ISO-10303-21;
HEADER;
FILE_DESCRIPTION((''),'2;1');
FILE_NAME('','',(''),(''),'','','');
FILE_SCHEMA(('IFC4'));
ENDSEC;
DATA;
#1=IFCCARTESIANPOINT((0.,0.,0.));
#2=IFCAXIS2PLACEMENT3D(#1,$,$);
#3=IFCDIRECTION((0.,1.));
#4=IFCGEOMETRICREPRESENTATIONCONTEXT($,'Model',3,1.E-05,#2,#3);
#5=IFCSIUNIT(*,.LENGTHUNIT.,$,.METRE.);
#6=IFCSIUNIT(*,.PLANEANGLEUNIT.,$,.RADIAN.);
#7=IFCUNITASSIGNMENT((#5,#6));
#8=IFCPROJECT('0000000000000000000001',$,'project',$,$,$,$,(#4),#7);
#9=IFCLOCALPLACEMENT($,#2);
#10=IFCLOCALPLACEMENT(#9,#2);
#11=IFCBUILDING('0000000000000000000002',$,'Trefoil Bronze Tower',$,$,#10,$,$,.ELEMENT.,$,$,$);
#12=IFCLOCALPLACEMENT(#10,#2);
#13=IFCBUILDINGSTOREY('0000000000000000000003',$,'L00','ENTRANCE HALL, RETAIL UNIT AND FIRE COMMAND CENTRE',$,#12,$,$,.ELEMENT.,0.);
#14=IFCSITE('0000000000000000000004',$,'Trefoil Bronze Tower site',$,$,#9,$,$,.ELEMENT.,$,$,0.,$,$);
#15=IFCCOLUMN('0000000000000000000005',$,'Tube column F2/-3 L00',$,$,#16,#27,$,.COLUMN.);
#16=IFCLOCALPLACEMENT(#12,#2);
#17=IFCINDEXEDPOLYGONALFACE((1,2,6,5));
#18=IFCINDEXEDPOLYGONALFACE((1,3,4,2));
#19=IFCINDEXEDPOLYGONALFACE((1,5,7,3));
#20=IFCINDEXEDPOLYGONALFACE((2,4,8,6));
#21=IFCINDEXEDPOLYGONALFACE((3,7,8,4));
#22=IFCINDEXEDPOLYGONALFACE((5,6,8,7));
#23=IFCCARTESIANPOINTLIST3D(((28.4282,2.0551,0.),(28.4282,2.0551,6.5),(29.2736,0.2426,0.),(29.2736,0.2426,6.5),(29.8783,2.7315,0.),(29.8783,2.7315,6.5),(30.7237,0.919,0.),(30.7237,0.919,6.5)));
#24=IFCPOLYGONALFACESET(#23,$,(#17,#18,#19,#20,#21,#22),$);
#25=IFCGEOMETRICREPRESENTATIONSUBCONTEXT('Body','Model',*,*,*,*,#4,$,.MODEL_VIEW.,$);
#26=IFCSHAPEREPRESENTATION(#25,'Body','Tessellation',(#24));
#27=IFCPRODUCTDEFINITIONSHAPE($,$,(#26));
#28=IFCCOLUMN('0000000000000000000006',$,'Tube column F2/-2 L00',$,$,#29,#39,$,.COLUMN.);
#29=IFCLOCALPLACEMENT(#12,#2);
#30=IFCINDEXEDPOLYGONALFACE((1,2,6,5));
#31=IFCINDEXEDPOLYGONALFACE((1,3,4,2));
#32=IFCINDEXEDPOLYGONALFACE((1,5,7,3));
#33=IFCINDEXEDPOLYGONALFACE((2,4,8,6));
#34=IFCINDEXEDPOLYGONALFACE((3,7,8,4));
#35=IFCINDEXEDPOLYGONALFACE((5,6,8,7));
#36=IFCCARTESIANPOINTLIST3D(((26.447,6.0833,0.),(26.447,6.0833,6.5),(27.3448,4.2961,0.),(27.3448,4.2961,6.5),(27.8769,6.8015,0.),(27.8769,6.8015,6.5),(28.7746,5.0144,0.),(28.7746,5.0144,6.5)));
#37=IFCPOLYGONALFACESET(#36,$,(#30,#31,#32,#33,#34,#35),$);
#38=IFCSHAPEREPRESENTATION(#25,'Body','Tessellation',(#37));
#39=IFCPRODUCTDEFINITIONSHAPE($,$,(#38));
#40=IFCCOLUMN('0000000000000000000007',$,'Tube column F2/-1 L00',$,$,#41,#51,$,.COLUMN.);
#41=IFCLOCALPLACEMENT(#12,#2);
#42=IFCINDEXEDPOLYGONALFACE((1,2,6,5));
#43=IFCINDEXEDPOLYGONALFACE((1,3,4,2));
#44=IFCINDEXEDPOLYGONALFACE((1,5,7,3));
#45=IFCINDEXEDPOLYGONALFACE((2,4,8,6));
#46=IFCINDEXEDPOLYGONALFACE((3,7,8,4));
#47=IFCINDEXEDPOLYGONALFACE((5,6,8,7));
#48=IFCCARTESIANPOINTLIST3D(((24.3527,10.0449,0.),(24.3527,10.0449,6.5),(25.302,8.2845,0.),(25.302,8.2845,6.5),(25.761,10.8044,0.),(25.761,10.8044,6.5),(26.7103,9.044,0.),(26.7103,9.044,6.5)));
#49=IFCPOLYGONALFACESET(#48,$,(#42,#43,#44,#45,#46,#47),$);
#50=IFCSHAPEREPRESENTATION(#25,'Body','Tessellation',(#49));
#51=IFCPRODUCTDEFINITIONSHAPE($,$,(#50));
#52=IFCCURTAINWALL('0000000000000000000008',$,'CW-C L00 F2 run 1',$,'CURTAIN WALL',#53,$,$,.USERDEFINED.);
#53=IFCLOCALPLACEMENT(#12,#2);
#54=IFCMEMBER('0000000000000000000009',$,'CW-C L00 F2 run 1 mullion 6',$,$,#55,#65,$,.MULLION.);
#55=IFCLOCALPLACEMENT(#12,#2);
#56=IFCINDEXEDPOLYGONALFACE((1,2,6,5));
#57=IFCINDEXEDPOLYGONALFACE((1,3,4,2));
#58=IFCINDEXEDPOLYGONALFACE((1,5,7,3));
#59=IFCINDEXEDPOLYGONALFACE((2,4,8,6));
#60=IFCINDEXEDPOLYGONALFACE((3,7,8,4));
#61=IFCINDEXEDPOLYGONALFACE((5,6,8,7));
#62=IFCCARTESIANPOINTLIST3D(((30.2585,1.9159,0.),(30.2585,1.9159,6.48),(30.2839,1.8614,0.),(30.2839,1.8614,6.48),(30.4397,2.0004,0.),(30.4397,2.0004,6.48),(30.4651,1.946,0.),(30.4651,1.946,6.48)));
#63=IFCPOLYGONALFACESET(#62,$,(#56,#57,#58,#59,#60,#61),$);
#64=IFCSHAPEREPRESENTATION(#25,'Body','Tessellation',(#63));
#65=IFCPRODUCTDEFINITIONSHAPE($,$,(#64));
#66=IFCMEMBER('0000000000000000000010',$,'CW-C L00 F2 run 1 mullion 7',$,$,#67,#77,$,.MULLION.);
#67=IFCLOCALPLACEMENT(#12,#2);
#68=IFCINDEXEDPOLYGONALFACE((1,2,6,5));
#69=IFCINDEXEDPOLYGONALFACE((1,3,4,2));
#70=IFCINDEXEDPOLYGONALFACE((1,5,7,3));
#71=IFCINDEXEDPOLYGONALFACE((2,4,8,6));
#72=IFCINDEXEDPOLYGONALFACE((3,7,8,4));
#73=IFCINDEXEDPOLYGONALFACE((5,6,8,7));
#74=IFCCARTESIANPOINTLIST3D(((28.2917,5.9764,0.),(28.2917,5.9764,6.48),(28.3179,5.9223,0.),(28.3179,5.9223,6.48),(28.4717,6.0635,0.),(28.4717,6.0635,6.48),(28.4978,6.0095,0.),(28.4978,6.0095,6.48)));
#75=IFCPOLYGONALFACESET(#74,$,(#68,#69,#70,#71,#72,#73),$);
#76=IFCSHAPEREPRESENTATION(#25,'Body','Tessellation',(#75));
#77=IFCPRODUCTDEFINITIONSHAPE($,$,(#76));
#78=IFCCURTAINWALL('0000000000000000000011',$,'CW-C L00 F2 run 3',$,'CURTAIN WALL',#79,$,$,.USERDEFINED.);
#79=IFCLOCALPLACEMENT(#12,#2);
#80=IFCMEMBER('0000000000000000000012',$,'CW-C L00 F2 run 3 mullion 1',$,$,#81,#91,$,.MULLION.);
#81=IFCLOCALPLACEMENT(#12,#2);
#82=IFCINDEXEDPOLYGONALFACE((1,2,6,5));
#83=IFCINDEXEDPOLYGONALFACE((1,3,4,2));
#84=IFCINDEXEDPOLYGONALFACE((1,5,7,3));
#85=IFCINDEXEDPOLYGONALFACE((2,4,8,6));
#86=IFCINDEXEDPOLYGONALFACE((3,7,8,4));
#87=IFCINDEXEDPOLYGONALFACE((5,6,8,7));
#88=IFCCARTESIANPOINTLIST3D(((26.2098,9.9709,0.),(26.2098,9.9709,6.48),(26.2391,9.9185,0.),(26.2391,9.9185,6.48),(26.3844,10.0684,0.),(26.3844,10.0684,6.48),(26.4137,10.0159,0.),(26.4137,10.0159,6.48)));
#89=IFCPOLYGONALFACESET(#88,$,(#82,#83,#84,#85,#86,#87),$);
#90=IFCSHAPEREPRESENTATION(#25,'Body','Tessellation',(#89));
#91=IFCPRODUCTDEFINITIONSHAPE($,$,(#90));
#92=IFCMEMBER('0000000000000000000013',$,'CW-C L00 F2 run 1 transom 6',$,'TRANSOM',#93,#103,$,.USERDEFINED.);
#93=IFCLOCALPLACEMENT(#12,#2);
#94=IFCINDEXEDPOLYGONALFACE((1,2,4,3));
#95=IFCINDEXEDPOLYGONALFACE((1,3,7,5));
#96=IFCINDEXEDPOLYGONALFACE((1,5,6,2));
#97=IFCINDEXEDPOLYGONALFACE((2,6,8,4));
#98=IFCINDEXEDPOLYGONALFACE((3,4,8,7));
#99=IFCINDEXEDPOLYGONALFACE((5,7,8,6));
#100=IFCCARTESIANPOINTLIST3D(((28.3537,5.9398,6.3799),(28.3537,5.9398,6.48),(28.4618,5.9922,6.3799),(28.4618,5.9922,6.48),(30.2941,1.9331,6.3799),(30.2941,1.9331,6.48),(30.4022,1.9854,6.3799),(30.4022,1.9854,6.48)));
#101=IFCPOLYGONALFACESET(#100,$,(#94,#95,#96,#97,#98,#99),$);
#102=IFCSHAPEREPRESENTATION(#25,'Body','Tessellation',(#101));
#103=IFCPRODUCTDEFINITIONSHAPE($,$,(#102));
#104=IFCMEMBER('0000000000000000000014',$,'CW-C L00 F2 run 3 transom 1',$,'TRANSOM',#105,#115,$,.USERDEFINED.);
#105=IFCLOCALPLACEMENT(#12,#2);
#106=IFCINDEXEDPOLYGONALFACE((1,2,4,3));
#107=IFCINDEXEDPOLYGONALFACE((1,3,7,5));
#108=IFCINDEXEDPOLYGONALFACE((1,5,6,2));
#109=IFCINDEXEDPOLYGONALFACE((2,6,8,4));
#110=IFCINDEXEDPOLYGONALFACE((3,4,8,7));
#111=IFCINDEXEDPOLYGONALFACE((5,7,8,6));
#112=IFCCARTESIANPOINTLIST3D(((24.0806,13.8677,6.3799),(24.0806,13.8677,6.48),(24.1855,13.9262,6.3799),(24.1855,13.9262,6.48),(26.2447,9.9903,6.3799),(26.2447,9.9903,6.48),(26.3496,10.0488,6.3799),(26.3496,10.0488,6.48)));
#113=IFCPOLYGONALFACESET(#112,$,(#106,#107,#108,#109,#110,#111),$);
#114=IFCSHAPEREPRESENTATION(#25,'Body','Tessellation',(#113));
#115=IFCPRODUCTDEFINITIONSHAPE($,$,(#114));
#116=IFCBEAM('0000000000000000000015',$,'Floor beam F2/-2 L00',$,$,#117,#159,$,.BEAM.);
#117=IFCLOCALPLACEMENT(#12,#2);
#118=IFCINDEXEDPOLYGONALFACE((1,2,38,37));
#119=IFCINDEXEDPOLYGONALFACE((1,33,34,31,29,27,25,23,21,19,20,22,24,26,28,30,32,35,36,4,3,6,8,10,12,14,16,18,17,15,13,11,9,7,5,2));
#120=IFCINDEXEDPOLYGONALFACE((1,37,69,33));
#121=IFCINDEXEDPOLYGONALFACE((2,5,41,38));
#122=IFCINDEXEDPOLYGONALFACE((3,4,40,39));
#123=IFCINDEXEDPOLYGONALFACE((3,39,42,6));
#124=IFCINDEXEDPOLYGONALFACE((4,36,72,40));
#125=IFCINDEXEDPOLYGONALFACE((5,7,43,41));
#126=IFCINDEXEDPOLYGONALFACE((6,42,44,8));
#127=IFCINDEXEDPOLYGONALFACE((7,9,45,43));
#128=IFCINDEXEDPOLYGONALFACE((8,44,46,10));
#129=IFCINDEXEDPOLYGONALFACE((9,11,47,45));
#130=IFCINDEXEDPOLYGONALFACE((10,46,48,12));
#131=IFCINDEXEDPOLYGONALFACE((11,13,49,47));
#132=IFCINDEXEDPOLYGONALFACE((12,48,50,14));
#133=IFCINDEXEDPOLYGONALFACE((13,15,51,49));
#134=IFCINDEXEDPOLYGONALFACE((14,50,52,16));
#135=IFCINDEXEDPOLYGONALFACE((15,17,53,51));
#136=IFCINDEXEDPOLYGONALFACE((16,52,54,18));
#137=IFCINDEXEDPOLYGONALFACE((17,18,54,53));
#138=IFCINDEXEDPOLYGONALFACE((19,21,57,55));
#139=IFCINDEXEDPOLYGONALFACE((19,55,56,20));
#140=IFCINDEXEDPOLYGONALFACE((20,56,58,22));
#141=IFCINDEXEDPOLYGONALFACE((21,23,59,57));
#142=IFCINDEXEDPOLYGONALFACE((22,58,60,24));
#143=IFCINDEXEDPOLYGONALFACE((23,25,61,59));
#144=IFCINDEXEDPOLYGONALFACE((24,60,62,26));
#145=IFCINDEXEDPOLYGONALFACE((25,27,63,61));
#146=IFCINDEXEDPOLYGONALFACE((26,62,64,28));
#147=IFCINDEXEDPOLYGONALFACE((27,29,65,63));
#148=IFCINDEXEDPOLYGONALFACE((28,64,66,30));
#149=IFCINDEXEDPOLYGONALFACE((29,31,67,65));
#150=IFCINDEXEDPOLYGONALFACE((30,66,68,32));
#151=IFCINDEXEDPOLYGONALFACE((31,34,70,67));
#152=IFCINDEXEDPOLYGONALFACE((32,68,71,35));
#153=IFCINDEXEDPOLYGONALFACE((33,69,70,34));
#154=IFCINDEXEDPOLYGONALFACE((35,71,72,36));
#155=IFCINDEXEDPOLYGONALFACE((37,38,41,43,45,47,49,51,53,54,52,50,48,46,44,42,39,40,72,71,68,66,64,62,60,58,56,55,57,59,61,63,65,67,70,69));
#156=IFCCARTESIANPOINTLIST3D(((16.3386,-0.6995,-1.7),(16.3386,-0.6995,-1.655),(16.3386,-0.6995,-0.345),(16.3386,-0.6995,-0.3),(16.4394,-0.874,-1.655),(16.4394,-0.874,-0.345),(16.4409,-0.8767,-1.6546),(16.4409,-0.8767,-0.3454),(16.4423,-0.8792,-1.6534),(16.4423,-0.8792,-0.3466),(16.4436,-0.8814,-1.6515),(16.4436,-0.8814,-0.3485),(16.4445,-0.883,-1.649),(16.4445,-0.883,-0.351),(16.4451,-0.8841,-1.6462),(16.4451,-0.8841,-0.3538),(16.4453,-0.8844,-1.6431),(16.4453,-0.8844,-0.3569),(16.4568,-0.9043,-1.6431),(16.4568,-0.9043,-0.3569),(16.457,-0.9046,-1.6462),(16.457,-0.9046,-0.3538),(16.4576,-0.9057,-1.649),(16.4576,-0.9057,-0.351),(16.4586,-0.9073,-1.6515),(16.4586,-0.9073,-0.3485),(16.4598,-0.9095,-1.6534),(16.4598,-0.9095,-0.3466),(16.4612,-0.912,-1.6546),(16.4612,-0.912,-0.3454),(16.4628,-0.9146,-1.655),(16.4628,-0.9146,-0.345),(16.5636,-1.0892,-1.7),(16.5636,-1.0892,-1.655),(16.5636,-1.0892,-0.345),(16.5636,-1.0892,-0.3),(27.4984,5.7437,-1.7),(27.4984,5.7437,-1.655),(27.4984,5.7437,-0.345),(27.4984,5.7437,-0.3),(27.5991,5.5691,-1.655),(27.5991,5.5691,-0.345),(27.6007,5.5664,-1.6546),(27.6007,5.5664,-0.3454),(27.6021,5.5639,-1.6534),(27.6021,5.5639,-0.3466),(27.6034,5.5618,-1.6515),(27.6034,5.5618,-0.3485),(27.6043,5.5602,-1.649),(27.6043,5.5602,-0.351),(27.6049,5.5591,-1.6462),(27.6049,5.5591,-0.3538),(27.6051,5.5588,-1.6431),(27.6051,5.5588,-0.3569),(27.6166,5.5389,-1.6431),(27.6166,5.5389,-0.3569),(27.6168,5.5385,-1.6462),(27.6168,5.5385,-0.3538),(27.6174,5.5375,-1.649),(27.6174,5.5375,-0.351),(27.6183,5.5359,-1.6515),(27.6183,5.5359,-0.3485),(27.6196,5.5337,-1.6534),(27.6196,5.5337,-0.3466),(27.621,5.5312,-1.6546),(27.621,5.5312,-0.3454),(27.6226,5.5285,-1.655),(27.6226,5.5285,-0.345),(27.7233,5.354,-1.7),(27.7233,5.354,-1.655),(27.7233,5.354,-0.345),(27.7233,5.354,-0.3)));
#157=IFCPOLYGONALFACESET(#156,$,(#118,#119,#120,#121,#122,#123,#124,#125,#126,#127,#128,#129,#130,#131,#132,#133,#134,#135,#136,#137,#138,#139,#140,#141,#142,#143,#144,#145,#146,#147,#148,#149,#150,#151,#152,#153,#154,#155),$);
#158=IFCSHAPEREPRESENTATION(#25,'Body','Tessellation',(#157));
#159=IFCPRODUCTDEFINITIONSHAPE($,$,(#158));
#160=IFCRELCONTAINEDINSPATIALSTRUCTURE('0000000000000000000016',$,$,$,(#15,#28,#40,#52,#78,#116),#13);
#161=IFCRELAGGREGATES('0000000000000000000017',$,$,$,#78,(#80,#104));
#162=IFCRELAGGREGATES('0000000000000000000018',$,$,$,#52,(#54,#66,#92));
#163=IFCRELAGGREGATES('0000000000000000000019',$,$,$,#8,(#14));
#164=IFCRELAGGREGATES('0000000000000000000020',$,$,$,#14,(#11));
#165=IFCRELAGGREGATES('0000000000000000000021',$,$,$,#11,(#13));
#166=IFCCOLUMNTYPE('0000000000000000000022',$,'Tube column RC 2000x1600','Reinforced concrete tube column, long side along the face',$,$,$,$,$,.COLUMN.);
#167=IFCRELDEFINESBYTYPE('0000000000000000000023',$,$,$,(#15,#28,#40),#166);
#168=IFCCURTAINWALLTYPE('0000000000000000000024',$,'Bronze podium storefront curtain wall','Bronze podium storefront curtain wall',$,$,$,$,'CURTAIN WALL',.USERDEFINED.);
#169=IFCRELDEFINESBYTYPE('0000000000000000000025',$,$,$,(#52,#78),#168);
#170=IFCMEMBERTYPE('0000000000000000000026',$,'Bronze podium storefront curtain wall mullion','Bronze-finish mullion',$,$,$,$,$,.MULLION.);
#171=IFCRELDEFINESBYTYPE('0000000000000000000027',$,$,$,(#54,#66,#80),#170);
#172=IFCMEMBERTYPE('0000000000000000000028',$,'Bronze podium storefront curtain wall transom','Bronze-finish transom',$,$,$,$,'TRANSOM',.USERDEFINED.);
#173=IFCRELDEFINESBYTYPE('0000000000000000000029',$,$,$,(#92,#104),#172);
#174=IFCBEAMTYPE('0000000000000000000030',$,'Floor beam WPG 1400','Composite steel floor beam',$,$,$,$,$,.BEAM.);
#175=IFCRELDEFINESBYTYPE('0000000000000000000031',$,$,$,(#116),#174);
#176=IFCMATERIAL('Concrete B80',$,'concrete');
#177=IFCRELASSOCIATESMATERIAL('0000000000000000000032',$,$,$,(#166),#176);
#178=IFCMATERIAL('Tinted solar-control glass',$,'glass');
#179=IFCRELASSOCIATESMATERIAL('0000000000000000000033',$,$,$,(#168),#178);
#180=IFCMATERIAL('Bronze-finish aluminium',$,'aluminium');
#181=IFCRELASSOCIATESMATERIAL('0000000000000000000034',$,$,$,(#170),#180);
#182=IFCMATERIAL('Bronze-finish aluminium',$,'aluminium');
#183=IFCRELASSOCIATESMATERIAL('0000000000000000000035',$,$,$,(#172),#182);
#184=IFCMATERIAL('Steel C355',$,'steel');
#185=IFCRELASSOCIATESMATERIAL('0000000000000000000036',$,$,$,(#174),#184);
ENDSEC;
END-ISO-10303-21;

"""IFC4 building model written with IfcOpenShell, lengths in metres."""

from ifc_helpers import new_model, si_unit, direction, frame, origin, origin_2d, place, context, subcontext, project, spatial, rectangle, i_section, extrude, material, material_profile, profile_set, type_object, element, aggregate, save


model = new_model("IFC4")

# Units and contexts
model_context = context("Model", 3, precision=1e-05, world=origin(), true_north=direction((0.0, 1.0)))
body_context = subcontext(model_context, "Body", "Model", "MODEL_VIEW")
ifc_project = project(units=[si_unit("LENGTHUNIT", "METRE"), si_unit("PLANEANGLEUNIT", "RADIAN")], contexts=[model_context])

# Site, building, storey
site_placement = place(None, origin())
site = spatial("IfcSite", under=ifc_project, at=site_placement, Name="Trefoil Bronze Tower site", CompositionType="ELEMENT", RefElevation=0.0)
building_placement = place(site_placement, origin())
building = spatial("IfcBuilding", under=site, at=building_placement, Name="Trefoil Bronze Tower", CompositionType="ELEMENT")
storey_placement = place(building_placement, origin())
storey = spatial("IfcBuildingStorey", under=building, at=storey_placement, Name="L00", Description="ENTRANCE HALL, RETAIL UNIT AND FIRE COMMAND CENTRE", CompositionType="ELEMENT", Elevation=0.0)

# Columns
ifc_material_1 = material(Name="Concrete B80", Category="concrete")
ifc_material_profile_1 = material_profile(ifc_material_1, rectangle(XDim=2.0, YDim=1.6001, at=origin_2d()), Name="RC 2000x1600")
ifc_profile_set_1 = profile_set([ifc_material_profile_1], Name="Concrete B80")
column_type = type_object("IfcColumnType", Name="Tube column RC 2000x1600", Description="Reinforced concrete tube column, long side along the face", PredefinedType="COLUMN", material=ifc_profile_set_1)
for number, where, z_axis, x_axis, name in (
    (1, (29.5759, 1.4871, 0.0), (0.0, 0.0, 1.0), (-0.422701, 0.906269, 0.0), "Tube column F2/-3 L00"),
    (2, (27.6108, 5.5488, 0.0), (0.0, 0.0, 1.0), (-0.44889, 0.893587, 0.0), "Tube column F2/-2 L00"),
    (3, (25.5315, 9.5444, 0.0), (0.0, 0.0, 1.0), (-0.474656, 0.880171, 0.0), "Tube column F2/-1 L00"),
):
    element("IfcColumn", number, at=place(storey_placement, frame(where, z_axis=z_axis, x_axis=x_axis)), inside=storey, type_object=column_type, Name=name, PredefinedType="COLUMN", context=body_context, shape_type="SweptSolid", body=[
        extrude(rectangle(XDim=2.0, YDim=1.6001, at=origin_2d()), origin(), (0.0, 0.0, 1.0), 6.5),
    ])

# Curtain wall, members
ifc_material_2 = material(Name="Tinted solar-control glass", Category="glass")
curtain_wall_type = type_object("IfcCurtainWallType", Name="Bronze podium storefront curtain wall", Description="Bronze podium storefront curtain wall", ElementType="CURTAIN WALL", PredefinedType="USERDEFINED", material=ifc_material_2)
curtain_wall_1_placement = place(storey_placement, origin())
curtain_wall_1 = element("IfcCurtainWall", 4, at=curtain_wall_1_placement, inside=storey, type_object=curtain_wall_type, Name="CW-C L00 F2 run 1", ObjectType="CURTAIN WALL", PredefinedType="USERDEFINED")
ifc_material_3 = material(Name="Bronze-finish aluminium", Category="aluminium")
ifc_material_profile_2 = material_profile(ifc_material_3, rectangle(XDim=0.2, YDim=0.0601, at=origin_2d()), Name="CW-C mullion")
ifc_profile_set_2 = profile_set([ifc_material_profile_2], Name="Bronze-finish aluminium")
member_type_1 = type_object("IfcMemberType", Name="Bronze podium storefront curtain wall mullion", Description="Bronze-finish mullion", PredefinedType="MULLION", material=ifc_profile_set_2)
member_1_placement = place(storey_placement, frame((30.3618, 1.9309, 0.0), z_axis=(0.0, 0.0, 1.0), x_axis=(-0.906269, -0.422701, 0.0)))
member_1 = element("IfcMember", 5, at=member_1_placement, type_object=member_type_1, Name="CW-C L00 F2 run 1 mullion 6", PredefinedType="MULLION", context=body_context, shape_type="SweptSolid", body=[
    extrude(rectangle(XDim=0.2, YDim=0.0601, at=origin_2d()), origin(), (0.0, 0.0, 1.0), 6.48),
])
member_2_placement = place(storey_placement, frame((28.3948, 5.9929, 0.0), z_axis=(0.0, 0.0, 1.0), x_axis=(-0.900017, -0.435855, 0.0)))
member_2 = element("IfcMember", 6, at=member_2_placement, type_object=member_type_1, Name="CW-C L00 F2 run 1 mullion 7", PredefinedType="MULLION", context=body_context, shape_type="SweptSolid", body=[
    extrude(rectangle(XDim=0.2, YDim=0.0601, at=origin_2d()), origin(), (0.0, 0.0, 1.0), 6.48),
])

# Curtain wall, member
curtain_wall_2_placement = place(storey_placement, origin())
curtain_wall_2 = element("IfcCurtainWall", 7, at=curtain_wall_2_placement, inside=storey, type_object=curtain_wall_type, Name="CW-C L00 F2 run 3", ObjectType="CURTAIN WALL", PredefinedType="USERDEFINED")
member_3_placement = place(storey_placement, frame((26.3118, 9.9934, 0.0), z_axis=(0.0, 0.0, 1.0), x_axis=(-0.873189, -0.487382, 0.0)))
member_3 = element("IfcMember", 8, at=member_3_placement, type_object=member_type_1, Name="CW-C L00 F2 run 3 mullion 1", PredefinedType="MULLION", context=body_context, shape_type="SweptSolid", body=[
    extrude(rectangle(XDim=0.2, YDim=0.0601, at=origin_2d()), origin(), (0.0, 0.0, 1.0), 6.48),
])

# Members
ifc_material_4 = material(Name="Bronze-finish aluminium", Category="aluminium")
ifc_material_profile_3 = material_profile(ifc_material_4, rectangle(XDim=0.1201, YDim=0.1001, at=origin_2d()), Name="CW-C transom")
ifc_profile_set_3 = profile_set([ifc_material_profile_3], Name="Bronze-finish aluminium")
member_type_2 = type_object("IfcMemberType", Name="Bronze podium storefront curtain wall transom", Description="Bronze-finish transom", ElementType="TRANSOM", PredefinedType="USERDEFINED", material=ifc_profile_set_3)
member_4_placement = place(storey_placement, frame((30.3481, 1.9592, 6.4299), z_axis=(-0.435859, 0.900015, 0.0), x_axis=(-0.900015, -0.435859, 0.0)))
member_4 = element("IfcMember", 9, at=member_4_placement, type_object=member_type_2, Name="CW-C L00 F2 run 1 transom 6", ObjectType="TRANSOM", PredefinedType="USERDEFINED", context=body_context, shape_type="SweptSolid", body=[
    extrude(rectangle(XDim=0.1201, YDim=0.1001, at=origin_2d()), origin(), (0.0, 0.0, 1.0), 4.4519),
])
member_5_placement = place(storey_placement, frame((26.2971, 10.0195, 6.4299), z_axis=(-0.487351, 0.873206, 0.0), x_axis=(-0.873206, -0.487351, 0.0)))
member_5 = element("IfcMember", 10, at=member_5_placement, type_object=member_type_2, Name="CW-C L00 F2 run 3 transom 1", ObjectType="TRANSOM", PredefinedType="USERDEFINED", context=body_context, shape_type="SweptSolid", body=[
    extrude(rectangle(XDim=0.1201, YDim=0.1001, at=origin_2d()), origin(), (0.0, 0.0, 1.0), 4.4404),
])
aggregate(curtain_wall_2, [member_3, member_5])

# Beam
ifc_material_5 = material(Name="Steel C355", Category="steel")
ifc_material_profile_4 = material_profile(ifc_material_5, i_section(OverallWidth=0.45, OverallDepth=1.3999, WebThickness=0.0229, FlangeThickness=0.0449, FilletRadius=0.012, at=origin_2d()), Name="WPG 1400")
ifc_profile_set_4 = profile_set([ifc_material_profile_4], Name="Steel C355")
beam_type_1 = type_object("IfcBeamType", Name="Floor beam WPG 1400", Description="Composite steel floor beam", PredefinedType="BEAM", material=ifc_profile_set_4)
beam_1_placement = place(storey_placement, frame((27.6108, 5.5488, -1.0), z_axis=(-0.866023, -0.500005, 0.0), x_axis=(0.500005, -0.866023, 0.0)))
element("IfcBeam", 11, at=beam_1_placement, inside=storey, type_object=beam_type_1, Name="Floor beam F2/-2 L00", PredefinedType="BEAM", context=body_context, shape_type="SweptSolid", body=[
    extrude(i_section(OverallWidth=0.45, OverallDepth=1.3999, WebThickness=0.0229, FlangeThickness=0.0449, FilletRadius=0.012, at=origin_2d()), origin(), (0.0, 0.0, 1.0), 12.8862),
])

aggregate(curtain_wall_1, [member_1, member_2, member_4])

save(model, "model.ifc")
